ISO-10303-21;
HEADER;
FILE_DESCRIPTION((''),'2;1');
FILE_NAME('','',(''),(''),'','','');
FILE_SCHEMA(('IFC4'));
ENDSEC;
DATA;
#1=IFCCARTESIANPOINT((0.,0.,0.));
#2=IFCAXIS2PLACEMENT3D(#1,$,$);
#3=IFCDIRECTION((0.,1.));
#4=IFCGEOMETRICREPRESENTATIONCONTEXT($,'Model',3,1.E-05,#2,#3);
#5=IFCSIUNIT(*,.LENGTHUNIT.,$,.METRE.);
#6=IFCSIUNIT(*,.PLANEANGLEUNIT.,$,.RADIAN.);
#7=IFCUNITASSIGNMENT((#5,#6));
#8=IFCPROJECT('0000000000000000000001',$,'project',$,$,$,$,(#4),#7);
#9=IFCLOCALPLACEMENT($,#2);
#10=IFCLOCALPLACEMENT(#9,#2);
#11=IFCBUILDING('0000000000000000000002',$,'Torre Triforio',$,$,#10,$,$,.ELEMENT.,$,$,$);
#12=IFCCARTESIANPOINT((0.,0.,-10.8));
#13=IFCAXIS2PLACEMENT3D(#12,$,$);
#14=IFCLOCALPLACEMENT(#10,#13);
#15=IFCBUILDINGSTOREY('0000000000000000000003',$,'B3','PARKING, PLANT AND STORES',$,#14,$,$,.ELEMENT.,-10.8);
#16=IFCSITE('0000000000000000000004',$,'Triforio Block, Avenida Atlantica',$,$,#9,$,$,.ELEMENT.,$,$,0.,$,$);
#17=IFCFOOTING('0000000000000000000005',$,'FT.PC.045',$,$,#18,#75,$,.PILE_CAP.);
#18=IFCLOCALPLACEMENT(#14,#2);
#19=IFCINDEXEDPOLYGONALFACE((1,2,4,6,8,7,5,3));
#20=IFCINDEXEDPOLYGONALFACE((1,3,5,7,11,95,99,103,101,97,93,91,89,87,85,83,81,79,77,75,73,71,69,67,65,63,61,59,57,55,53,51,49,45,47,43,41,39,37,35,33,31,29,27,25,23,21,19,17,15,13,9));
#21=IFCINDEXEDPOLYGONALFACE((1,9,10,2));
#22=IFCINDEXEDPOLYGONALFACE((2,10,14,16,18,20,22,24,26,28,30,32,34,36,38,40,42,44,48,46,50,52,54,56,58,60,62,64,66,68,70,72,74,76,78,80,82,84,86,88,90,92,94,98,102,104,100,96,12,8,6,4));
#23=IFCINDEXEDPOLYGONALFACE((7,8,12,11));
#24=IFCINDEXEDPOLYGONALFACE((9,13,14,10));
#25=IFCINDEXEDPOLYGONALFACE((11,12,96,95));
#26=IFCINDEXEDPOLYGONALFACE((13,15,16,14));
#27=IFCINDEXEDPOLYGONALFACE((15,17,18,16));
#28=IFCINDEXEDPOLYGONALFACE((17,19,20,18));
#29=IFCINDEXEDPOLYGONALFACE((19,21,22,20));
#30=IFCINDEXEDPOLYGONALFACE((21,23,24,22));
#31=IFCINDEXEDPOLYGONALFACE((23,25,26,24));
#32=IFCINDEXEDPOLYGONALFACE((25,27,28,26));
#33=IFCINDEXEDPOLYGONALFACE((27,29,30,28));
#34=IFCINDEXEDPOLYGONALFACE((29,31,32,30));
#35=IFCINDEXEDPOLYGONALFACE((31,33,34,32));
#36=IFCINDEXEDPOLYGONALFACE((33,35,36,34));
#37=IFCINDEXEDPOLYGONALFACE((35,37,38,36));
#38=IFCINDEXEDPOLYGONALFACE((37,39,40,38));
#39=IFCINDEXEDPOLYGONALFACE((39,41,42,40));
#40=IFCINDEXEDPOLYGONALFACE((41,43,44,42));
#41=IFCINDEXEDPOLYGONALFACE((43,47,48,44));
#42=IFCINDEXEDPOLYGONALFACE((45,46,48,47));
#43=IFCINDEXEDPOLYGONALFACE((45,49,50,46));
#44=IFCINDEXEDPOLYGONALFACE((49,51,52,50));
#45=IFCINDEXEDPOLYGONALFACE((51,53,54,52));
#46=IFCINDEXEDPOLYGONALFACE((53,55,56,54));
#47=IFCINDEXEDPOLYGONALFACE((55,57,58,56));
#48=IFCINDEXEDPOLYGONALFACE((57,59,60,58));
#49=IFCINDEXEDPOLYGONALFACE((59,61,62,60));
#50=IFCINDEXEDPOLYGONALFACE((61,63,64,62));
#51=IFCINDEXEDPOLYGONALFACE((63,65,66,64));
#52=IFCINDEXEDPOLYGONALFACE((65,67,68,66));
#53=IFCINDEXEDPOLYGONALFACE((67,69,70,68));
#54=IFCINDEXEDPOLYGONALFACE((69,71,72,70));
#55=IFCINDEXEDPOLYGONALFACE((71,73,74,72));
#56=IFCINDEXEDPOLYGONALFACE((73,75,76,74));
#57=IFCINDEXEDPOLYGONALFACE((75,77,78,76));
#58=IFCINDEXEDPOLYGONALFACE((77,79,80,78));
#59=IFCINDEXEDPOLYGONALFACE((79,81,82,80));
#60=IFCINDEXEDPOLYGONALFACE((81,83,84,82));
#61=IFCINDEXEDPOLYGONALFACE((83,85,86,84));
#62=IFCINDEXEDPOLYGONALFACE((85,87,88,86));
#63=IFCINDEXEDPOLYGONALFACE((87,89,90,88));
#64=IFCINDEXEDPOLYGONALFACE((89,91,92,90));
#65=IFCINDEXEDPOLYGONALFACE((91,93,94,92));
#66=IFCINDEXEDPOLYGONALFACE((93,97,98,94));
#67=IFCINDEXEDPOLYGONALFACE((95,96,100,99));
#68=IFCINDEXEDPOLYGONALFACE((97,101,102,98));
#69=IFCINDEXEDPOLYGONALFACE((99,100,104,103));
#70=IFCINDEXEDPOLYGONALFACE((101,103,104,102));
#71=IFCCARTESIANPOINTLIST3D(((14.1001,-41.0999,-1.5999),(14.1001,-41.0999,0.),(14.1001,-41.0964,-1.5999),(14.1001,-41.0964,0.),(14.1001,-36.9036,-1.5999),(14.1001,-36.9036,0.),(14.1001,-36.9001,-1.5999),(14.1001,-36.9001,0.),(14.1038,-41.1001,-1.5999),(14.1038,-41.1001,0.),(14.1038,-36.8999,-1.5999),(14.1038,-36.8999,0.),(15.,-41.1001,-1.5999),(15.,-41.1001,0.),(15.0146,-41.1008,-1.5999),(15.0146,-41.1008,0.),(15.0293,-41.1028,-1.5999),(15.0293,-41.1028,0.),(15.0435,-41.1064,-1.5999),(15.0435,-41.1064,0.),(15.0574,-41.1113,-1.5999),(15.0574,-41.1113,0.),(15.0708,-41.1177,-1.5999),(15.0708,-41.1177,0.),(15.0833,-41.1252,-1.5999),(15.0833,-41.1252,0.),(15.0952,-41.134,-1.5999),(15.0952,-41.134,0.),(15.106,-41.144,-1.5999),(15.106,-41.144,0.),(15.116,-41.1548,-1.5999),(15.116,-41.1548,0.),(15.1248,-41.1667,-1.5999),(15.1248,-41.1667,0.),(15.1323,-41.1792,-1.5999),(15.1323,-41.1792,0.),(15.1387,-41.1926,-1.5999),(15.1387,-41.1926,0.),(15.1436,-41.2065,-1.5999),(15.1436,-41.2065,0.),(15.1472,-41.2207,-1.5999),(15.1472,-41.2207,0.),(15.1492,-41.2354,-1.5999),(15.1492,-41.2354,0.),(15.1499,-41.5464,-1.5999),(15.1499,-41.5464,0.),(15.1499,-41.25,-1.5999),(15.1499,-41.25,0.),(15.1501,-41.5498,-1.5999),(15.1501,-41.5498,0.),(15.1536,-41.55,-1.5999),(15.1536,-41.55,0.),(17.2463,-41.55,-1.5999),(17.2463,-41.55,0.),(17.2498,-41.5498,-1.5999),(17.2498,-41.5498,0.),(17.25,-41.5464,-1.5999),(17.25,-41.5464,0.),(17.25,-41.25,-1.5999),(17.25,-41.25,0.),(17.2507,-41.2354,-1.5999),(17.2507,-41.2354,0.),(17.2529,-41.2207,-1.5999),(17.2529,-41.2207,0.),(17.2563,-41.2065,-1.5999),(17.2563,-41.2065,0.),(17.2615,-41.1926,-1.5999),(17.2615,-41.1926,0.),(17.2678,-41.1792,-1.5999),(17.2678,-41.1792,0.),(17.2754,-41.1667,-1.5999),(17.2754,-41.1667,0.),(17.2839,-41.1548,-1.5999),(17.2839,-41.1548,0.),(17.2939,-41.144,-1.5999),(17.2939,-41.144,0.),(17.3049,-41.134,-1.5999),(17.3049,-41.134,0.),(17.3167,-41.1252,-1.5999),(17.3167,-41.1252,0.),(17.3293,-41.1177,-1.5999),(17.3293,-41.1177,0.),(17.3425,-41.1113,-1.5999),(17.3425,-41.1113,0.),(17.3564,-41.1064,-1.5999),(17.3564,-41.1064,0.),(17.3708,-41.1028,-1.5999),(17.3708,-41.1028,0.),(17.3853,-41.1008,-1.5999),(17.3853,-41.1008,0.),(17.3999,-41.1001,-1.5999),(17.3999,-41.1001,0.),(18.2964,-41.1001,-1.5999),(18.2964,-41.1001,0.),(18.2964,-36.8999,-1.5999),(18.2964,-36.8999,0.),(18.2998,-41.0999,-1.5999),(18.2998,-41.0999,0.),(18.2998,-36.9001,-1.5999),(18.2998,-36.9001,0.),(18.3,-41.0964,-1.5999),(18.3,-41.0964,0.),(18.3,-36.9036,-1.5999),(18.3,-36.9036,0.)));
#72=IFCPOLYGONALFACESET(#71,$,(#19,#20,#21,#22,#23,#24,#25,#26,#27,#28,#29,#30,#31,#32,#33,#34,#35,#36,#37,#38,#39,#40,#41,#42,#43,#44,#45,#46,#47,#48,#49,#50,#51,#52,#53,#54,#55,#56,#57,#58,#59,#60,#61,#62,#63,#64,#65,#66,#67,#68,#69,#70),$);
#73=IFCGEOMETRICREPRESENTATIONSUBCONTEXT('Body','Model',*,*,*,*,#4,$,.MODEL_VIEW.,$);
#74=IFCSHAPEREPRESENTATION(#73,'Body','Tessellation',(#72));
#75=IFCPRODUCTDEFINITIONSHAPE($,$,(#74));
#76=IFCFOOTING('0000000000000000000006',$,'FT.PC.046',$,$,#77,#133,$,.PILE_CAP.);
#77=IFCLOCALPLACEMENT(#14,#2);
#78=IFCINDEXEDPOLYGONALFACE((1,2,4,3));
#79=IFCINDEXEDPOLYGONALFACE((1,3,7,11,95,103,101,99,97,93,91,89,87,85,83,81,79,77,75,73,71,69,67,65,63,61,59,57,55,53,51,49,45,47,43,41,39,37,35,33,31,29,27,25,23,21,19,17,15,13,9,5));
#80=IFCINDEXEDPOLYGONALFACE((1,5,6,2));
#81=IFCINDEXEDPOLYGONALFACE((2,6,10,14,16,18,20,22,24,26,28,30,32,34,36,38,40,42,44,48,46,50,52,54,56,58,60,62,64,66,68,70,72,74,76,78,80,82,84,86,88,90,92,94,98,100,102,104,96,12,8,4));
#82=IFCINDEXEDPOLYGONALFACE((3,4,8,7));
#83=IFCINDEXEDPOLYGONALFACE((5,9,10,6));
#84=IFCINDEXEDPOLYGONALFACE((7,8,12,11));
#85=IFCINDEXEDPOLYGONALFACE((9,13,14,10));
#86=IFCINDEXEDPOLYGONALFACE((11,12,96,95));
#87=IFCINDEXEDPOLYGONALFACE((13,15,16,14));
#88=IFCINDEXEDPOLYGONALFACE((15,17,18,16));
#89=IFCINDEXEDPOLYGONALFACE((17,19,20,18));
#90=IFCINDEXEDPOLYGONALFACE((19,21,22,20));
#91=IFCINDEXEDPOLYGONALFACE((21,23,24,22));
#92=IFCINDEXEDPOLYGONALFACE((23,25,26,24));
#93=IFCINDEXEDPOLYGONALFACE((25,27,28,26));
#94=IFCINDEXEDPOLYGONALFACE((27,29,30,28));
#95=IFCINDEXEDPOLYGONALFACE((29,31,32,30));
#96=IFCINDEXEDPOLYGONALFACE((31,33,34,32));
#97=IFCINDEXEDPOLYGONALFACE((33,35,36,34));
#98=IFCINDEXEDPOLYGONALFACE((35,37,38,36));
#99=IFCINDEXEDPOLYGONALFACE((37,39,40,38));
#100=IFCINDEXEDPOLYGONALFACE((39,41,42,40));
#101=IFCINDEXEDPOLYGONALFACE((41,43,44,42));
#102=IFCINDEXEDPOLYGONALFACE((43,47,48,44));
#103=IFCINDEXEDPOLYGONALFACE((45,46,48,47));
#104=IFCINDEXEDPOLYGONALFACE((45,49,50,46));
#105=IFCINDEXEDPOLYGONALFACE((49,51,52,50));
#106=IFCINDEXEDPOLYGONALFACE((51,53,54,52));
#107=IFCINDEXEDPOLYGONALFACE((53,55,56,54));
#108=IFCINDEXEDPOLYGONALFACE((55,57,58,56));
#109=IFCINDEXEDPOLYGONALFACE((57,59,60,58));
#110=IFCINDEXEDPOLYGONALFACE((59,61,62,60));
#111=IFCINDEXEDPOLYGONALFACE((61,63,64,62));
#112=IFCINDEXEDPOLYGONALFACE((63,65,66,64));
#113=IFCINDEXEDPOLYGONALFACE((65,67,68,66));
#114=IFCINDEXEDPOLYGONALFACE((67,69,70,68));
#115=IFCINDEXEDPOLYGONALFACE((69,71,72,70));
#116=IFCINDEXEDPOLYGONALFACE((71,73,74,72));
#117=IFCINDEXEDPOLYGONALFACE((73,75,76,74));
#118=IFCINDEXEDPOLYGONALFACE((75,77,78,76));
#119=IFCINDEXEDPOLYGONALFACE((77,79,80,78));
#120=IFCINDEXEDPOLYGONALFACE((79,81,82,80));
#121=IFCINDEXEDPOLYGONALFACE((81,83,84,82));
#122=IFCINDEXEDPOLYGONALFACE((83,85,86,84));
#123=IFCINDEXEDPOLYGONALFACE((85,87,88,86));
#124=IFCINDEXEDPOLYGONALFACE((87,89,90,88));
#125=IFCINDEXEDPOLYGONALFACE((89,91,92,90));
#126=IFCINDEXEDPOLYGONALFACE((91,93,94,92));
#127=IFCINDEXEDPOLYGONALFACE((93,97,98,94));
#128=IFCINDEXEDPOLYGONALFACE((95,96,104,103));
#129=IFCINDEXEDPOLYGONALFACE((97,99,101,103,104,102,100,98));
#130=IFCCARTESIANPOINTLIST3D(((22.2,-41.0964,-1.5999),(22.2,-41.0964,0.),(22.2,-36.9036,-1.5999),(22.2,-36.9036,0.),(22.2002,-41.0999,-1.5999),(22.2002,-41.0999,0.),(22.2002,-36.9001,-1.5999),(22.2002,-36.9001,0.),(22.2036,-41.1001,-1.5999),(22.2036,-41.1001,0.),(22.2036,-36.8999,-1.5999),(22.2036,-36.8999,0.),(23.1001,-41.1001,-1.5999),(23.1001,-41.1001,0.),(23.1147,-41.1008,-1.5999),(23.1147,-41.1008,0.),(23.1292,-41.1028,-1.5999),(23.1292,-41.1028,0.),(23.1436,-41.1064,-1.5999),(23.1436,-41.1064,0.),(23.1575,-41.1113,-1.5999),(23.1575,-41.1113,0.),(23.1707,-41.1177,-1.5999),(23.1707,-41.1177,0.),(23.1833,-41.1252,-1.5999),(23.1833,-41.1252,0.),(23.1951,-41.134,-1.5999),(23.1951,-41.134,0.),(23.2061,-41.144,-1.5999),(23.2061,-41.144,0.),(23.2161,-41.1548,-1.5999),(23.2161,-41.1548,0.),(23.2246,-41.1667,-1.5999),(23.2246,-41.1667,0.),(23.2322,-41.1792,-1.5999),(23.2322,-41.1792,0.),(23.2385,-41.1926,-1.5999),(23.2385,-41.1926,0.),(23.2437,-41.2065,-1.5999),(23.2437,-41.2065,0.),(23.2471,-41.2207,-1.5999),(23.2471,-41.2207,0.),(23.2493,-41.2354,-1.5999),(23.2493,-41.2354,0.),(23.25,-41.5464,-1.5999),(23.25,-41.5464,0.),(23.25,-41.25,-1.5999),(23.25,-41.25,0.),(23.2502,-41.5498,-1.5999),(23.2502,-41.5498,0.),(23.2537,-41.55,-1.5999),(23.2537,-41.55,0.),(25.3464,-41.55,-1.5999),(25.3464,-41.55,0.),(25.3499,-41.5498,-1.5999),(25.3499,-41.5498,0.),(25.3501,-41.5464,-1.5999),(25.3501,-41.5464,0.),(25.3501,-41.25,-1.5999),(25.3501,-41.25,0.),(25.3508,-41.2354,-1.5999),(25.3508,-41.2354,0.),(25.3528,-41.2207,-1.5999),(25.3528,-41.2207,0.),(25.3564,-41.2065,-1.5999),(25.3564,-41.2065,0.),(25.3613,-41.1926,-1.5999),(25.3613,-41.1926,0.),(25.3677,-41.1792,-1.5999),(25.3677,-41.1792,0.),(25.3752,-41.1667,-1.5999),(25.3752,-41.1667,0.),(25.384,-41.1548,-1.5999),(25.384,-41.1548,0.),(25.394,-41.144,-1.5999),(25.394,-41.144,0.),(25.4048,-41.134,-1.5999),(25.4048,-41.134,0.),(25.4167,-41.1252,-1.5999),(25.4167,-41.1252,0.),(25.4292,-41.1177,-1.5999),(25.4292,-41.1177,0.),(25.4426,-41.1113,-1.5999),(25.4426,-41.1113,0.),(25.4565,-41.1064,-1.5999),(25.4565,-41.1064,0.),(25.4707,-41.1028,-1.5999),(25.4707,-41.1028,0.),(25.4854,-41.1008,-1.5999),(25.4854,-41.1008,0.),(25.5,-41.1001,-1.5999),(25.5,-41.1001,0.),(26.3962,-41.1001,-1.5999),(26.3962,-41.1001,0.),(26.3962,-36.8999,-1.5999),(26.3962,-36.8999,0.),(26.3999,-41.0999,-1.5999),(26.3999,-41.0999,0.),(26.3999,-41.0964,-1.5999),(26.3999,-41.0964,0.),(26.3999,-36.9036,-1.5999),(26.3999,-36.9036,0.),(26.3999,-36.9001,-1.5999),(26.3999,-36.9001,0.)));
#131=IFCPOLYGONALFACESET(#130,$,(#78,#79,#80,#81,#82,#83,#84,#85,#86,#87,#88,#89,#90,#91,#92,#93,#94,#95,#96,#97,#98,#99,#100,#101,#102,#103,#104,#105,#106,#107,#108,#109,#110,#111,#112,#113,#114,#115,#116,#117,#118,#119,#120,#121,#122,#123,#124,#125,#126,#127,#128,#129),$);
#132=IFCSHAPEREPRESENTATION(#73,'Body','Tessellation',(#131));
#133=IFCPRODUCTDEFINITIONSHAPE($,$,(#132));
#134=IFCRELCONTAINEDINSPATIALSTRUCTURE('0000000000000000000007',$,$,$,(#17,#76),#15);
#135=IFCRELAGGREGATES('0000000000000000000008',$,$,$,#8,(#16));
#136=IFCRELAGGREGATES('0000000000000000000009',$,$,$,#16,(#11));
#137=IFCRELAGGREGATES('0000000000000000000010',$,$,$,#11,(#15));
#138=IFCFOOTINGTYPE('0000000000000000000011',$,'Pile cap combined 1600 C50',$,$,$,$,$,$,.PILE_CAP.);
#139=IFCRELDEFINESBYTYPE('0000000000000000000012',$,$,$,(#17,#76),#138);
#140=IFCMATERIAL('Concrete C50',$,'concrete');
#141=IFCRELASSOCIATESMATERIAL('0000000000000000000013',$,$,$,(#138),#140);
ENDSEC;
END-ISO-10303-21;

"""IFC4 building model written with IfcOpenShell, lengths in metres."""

from ifc_helpers import new_model, si_unit, direction, frame, origin, place, context, subcontext, project, spatial, polyline, outline, extrude, material, type_object, element, save


model = new_model("IFC4")

# Units and contexts
model_context = context("Model", 3, precision=1e-05, world=origin(), true_north=direction((0.0, 1.0)))
body_context = subcontext(model_context, "Body", "Model", "MODEL_VIEW")
ifc_project = project(units=[si_unit("LENGTHUNIT", "METRE"), si_unit("PLANEANGLEUNIT", "RADIAN")], contexts=[model_context])

# Site, building, storey
site_placement = place(None, origin())
site = spatial("IfcSite", under=ifc_project, at=site_placement, Name="Triforio Block, Avenida Atlantica", CompositionType="ELEMENT", RefElevation=0.0)
building_placement = place(site_placement, origin())
building = spatial("IfcBuilding", under=site, at=building_placement, Name="Torre Triforio", CompositionType="ELEMENT")
storey_placement = place(building_placement, frame((0.0, 0.0, -10.8)))
storey = spatial("IfcBuildingStorey", under=building, at=storey_placement, Name="B3", Description="PARKING, PLANT AND STORES", CompositionType="ELEMENT", Elevation=-10.8)

# Footings
ifc_material_1 = material(Name="Concrete C50", Category="concrete")
footing_type_1 = type_object("IfcFootingType", Name="Pile cap combined 1600 C50", PredefinedType="PILE_CAP", material=ifc_material_1)
footing_1_placement = place(storey_placement, frame((0.0, 0.0, -1.5999)))
element("IfcFooting", 1, at=footing_1_placement, inside=storey, type_object=footing_type_1, Name="FT.PC.045", PredefinedType="PILE_CAP", context=body_context, shape_type="SweptSolid", body=[
    extrude(outline(polyline([(14.1001, -41.0999), (14.1038, -41.1001), (15.0, -41.1001), (15.0146, -41.1008), (15.0293, -41.1028), (15.0435, -41.1064), (15.0574, -41.1113), (15.0708, -41.1177), (15.0833, -41.1252), (15.0952, -41.134), (15.106, -41.144), (15.116, -41.1548), (15.1248, -41.1667), (15.1323, -41.1792), (15.1387, -41.1926), (15.1436, -41.2065), (15.1472, -41.2207), (15.1492, -41.2354), (15.1499, -41.25), (15.1499, -41.5464), (15.1501, -41.5498), (15.1536, -41.55), (17.2463, -41.55), (17.2498, -41.5498), (17.25, -41.5464), (17.25, -41.25), (17.2507, -41.2354), (17.2529, -41.2207), (17.2563, -41.2065), (17.2615, -41.1926), (17.2678, -41.1792), (17.2754, -41.1667), (17.2839, -41.1548), (17.2939, -41.144), (17.3049, -41.134), (17.3167, -41.1252), (17.3293, -41.1177), (17.3425, -41.1113), (17.3564, -41.1064), (17.3708, -41.1028), (17.3853, -41.1008), (17.3999, -41.1001), (18.2964, -41.1001), (18.2998, -41.0999), (18.3, -41.0964), (18.3, -36.9036), (18.2998, -36.9001), (18.2964, -36.8999), (14.1038, -36.8999), (14.1001, -36.9001), (14.1001, -36.9036), (14.1001, -41.0964), (14.1001, -41.0999)])), origin(), (0.0, 0.0, 1.0), 1.5999),
])
footing_2_placement = place(storey_placement, frame((0.0, 0.0, -1.5999)))
element("IfcFooting", 2, at=footing_2_placement, inside=storey, type_object=footing_type_1, Name="FT.PC.046", PredefinedType="PILE_CAP", context=body_context, shape_type="SweptSolid", body=[
    extrude(outline(polyline([(22.2002, -41.0999), (22.2036, -41.1001), (23.1001, -41.1001), (23.1147, -41.1008), (23.1292, -41.1028), (23.1436, -41.1064), (23.1575, -41.1113), (23.1707, -41.1177), (23.1833, -41.1252), (23.1951, -41.134), (23.2061, -41.144), (23.2161, -41.1548), (23.2246, -41.1667), (23.2322, -41.1792), (23.2385, -41.1926), (23.2437, -41.2065), (23.2471, -41.2207), (23.2493, -41.2354), (23.25, -41.25), (23.25, -41.5464), (23.2502, -41.5498), (23.2537, -41.55), (25.3464, -41.55), (25.3499, -41.5498), (25.3501, -41.5464), (25.3501, -41.25), (25.3508, -41.2354), (25.3528, -41.2207), (25.3564, -41.2065), (25.3613, -41.1926), (25.3677, -41.1792), (25.3752, -41.1667), (25.384, -41.1548), (25.394, -41.144), (25.4048, -41.134), (25.4167, -41.1252), (25.4292, -41.1177), (25.4426, -41.1113), (25.4565, -41.1064), (25.4707, -41.1028), (25.4854, -41.1008), (25.5, -41.1001), (26.3962, -41.1001), (26.3999, -41.0999), (26.3999, -41.0964), (26.3999, -36.9036), (26.3999, -36.9001), (26.3962, -36.8999), (22.2036, -36.8999), (22.2002, -36.9001), (22.2, -36.9036), (22.2, -41.0964), (22.2002, -41.0999)])), origin(), (0.0, 0.0, 1.0), 1.5999),
])

save(model, "model.ifc")
